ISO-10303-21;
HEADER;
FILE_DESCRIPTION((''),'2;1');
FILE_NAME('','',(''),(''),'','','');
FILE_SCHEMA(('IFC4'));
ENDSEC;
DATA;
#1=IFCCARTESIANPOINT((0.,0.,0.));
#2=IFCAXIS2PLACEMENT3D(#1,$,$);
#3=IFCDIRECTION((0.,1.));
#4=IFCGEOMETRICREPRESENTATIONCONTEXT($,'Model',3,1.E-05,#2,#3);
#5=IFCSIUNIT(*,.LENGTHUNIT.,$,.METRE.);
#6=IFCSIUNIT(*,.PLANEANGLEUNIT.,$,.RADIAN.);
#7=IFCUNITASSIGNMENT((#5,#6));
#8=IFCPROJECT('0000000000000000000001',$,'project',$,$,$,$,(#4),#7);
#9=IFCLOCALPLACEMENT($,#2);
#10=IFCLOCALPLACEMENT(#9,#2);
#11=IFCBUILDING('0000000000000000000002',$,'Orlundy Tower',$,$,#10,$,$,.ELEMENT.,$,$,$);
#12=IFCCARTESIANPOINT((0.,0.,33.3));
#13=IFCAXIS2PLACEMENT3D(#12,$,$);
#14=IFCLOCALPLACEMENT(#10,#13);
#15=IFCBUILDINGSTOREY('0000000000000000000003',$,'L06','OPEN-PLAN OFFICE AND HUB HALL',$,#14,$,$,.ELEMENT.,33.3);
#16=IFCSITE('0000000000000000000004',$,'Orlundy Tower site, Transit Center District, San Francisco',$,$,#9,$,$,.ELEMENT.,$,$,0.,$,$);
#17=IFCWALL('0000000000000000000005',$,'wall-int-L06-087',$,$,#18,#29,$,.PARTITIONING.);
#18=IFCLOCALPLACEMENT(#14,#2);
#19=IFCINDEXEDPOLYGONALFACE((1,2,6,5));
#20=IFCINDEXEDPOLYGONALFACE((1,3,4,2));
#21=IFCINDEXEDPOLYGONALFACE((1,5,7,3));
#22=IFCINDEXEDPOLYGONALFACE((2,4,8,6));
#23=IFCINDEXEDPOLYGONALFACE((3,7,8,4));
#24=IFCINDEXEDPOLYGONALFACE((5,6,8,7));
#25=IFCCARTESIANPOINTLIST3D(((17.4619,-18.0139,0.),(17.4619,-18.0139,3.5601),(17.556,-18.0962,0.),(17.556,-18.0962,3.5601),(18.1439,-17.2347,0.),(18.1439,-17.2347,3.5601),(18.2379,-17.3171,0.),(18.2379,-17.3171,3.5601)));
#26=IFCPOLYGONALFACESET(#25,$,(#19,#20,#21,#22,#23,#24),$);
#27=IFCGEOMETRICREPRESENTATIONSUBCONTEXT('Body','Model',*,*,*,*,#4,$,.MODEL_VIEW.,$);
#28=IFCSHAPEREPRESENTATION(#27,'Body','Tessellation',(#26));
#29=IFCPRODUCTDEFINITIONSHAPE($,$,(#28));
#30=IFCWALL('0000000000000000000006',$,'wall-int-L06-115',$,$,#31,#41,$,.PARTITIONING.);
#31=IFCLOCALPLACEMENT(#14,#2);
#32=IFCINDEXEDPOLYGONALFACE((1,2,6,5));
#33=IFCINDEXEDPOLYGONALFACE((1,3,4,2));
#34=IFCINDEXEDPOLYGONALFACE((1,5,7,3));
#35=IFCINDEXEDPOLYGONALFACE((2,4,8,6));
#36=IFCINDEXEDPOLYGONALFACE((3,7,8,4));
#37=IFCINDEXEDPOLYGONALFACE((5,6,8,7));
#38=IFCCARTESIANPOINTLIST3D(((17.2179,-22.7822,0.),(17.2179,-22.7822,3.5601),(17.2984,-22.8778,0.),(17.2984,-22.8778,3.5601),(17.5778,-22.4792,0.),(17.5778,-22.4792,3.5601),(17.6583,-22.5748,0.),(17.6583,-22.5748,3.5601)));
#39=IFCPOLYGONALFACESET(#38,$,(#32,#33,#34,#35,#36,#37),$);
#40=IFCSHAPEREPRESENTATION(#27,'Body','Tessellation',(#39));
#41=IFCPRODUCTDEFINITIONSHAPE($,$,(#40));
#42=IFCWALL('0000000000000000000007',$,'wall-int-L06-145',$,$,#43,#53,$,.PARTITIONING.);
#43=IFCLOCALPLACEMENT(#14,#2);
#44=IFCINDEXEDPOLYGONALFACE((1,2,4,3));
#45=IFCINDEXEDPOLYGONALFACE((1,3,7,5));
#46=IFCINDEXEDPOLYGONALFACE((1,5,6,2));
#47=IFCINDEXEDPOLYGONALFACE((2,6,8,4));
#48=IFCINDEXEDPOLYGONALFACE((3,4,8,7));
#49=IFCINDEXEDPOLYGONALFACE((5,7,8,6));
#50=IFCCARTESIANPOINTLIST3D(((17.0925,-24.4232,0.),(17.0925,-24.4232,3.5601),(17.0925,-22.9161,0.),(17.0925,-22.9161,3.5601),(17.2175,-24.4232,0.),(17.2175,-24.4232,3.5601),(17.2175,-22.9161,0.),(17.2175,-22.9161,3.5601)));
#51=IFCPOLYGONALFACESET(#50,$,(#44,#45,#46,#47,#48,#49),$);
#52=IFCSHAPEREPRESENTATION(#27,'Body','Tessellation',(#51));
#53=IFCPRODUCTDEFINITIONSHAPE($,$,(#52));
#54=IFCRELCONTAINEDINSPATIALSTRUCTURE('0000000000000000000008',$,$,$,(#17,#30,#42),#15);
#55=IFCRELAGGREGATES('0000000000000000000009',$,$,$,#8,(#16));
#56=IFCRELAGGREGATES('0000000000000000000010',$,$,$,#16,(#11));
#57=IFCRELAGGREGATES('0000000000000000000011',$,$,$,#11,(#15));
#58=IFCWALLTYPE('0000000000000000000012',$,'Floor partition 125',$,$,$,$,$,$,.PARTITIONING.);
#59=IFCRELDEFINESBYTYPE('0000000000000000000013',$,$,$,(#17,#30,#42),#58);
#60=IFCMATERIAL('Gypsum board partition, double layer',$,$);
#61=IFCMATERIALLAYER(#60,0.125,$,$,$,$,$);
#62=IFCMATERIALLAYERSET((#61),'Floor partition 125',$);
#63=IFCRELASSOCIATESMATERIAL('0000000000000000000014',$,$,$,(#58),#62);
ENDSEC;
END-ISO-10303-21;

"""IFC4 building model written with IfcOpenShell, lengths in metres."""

from ifc_helpers import new_model, si_unit, direction, frame, frame_2d, origin, place, context, subcontext, project, spatial, rectangle, extrude, material, layer, layer_set, type_object, element, save


model = new_model("IFC4")

# Units and contexts
model_context = context("Model", 3, precision=1e-05, world=origin(), true_north=direction((0.0, 1.0)))
body_context = subcontext(model_context, "Body", "Model", "MODEL_VIEW")
ifc_project = project(units=[si_unit("LENGTHUNIT", "METRE"), si_unit("PLANEANGLEUNIT", "RADIAN")], contexts=[model_context])

# Site, building, storey
site_placement = place(None, origin())
site = spatial("IfcSite", under=ifc_project, at=site_placement, Name="Orlundy Tower site, Transit Center District, San Francisco", CompositionType="ELEMENT", RefElevation=0.0)
building_placement = place(site_placement, origin())
building = spatial("IfcBuilding", under=site, at=building_placement, Name="Orlundy Tower", CompositionType="ELEMENT")
storey_placement = place(building_placement, frame((0.0, 0.0, 33.3)))
storey = spatial("IfcBuildingStorey", under=building, at=storey_placement, Name="L06", Description="OPEN-PLAN OFFICE AND HUB HALL", CompositionType="ELEMENT", Elevation=33.3)

# Shared definitions
ifc_material_1 = material(Name="Gypsum board partition, double layer")
ifc_layer_1 = layer(ifc_material_1, 0.125)
ifc_layer_set_1 = layer_set([ifc_layer_1], Name="Floor partition 125")
wall_type_1 = type_object("IfcWallType", Name="Floor partition 125", PredefinedType="PARTITIONING", material=ifc_layer_set_1)

# Walls
wall_1_placement = place(storey_placement, frame((17.509, -18.0549, 0.0), z_axis=(0.0, 0.0, 1.0), x_axis=(0.658621, 0.752474, 0.0)))
element("IfcWall", 1, at=wall_1_placement, inside=storey, type_object=wall_type_1, Name="wall-int-L06-087", PredefinedType="PARTITIONING", context=body_context, shape_type="SweptSolid", body=[
    extrude(rectangle(XDim=1.0354, YDim=0.125, at=frame_2d((0.5176, 0.0))), origin(), (0.0, 0.0, 1.0), 3.5601),
])
wall_2_placement = place(storey_placement, frame((17.2581, -22.8301, 0.0), z_axis=(0.0, 0.0, 1.0), x_axis=(0.764978, 0.644056, 0.0)))
element("IfcWall", 2, at=wall_2_placement, inside=storey, type_object=wall_type_1, Name="wall-int-L06-115", PredefinedType="PARTITIONING", context=body_context, shape_type="SweptSolid", body=[
    extrude(rectangle(XDim=0.4705, YDim=0.125, at=frame_2d((0.2354, 0.0))), origin(), (0.0, 0.0, 1.0), 3.5601),
])
wall_3_placement = place(storey_placement, frame((17.155, -24.4231, 0.0), z_axis=(0.0, 0.0, 1.0), x_axis=(0.0, 1.0, 0.0)))
element("IfcWall", 3, at=wall_3_placement, inside=storey, type_object=wall_type_1, Name="wall-int-L06-145", PredefinedType="PARTITIONING", context=body_context, shape_type="SweptSolid", body=[
    extrude(rectangle(XDim=1.5071, YDim=0.125, at=frame_2d((0.7534, 0.0))), origin(), (0.0, 0.0, 1.0), 3.5601),
])

save(model, "model.ifc")
